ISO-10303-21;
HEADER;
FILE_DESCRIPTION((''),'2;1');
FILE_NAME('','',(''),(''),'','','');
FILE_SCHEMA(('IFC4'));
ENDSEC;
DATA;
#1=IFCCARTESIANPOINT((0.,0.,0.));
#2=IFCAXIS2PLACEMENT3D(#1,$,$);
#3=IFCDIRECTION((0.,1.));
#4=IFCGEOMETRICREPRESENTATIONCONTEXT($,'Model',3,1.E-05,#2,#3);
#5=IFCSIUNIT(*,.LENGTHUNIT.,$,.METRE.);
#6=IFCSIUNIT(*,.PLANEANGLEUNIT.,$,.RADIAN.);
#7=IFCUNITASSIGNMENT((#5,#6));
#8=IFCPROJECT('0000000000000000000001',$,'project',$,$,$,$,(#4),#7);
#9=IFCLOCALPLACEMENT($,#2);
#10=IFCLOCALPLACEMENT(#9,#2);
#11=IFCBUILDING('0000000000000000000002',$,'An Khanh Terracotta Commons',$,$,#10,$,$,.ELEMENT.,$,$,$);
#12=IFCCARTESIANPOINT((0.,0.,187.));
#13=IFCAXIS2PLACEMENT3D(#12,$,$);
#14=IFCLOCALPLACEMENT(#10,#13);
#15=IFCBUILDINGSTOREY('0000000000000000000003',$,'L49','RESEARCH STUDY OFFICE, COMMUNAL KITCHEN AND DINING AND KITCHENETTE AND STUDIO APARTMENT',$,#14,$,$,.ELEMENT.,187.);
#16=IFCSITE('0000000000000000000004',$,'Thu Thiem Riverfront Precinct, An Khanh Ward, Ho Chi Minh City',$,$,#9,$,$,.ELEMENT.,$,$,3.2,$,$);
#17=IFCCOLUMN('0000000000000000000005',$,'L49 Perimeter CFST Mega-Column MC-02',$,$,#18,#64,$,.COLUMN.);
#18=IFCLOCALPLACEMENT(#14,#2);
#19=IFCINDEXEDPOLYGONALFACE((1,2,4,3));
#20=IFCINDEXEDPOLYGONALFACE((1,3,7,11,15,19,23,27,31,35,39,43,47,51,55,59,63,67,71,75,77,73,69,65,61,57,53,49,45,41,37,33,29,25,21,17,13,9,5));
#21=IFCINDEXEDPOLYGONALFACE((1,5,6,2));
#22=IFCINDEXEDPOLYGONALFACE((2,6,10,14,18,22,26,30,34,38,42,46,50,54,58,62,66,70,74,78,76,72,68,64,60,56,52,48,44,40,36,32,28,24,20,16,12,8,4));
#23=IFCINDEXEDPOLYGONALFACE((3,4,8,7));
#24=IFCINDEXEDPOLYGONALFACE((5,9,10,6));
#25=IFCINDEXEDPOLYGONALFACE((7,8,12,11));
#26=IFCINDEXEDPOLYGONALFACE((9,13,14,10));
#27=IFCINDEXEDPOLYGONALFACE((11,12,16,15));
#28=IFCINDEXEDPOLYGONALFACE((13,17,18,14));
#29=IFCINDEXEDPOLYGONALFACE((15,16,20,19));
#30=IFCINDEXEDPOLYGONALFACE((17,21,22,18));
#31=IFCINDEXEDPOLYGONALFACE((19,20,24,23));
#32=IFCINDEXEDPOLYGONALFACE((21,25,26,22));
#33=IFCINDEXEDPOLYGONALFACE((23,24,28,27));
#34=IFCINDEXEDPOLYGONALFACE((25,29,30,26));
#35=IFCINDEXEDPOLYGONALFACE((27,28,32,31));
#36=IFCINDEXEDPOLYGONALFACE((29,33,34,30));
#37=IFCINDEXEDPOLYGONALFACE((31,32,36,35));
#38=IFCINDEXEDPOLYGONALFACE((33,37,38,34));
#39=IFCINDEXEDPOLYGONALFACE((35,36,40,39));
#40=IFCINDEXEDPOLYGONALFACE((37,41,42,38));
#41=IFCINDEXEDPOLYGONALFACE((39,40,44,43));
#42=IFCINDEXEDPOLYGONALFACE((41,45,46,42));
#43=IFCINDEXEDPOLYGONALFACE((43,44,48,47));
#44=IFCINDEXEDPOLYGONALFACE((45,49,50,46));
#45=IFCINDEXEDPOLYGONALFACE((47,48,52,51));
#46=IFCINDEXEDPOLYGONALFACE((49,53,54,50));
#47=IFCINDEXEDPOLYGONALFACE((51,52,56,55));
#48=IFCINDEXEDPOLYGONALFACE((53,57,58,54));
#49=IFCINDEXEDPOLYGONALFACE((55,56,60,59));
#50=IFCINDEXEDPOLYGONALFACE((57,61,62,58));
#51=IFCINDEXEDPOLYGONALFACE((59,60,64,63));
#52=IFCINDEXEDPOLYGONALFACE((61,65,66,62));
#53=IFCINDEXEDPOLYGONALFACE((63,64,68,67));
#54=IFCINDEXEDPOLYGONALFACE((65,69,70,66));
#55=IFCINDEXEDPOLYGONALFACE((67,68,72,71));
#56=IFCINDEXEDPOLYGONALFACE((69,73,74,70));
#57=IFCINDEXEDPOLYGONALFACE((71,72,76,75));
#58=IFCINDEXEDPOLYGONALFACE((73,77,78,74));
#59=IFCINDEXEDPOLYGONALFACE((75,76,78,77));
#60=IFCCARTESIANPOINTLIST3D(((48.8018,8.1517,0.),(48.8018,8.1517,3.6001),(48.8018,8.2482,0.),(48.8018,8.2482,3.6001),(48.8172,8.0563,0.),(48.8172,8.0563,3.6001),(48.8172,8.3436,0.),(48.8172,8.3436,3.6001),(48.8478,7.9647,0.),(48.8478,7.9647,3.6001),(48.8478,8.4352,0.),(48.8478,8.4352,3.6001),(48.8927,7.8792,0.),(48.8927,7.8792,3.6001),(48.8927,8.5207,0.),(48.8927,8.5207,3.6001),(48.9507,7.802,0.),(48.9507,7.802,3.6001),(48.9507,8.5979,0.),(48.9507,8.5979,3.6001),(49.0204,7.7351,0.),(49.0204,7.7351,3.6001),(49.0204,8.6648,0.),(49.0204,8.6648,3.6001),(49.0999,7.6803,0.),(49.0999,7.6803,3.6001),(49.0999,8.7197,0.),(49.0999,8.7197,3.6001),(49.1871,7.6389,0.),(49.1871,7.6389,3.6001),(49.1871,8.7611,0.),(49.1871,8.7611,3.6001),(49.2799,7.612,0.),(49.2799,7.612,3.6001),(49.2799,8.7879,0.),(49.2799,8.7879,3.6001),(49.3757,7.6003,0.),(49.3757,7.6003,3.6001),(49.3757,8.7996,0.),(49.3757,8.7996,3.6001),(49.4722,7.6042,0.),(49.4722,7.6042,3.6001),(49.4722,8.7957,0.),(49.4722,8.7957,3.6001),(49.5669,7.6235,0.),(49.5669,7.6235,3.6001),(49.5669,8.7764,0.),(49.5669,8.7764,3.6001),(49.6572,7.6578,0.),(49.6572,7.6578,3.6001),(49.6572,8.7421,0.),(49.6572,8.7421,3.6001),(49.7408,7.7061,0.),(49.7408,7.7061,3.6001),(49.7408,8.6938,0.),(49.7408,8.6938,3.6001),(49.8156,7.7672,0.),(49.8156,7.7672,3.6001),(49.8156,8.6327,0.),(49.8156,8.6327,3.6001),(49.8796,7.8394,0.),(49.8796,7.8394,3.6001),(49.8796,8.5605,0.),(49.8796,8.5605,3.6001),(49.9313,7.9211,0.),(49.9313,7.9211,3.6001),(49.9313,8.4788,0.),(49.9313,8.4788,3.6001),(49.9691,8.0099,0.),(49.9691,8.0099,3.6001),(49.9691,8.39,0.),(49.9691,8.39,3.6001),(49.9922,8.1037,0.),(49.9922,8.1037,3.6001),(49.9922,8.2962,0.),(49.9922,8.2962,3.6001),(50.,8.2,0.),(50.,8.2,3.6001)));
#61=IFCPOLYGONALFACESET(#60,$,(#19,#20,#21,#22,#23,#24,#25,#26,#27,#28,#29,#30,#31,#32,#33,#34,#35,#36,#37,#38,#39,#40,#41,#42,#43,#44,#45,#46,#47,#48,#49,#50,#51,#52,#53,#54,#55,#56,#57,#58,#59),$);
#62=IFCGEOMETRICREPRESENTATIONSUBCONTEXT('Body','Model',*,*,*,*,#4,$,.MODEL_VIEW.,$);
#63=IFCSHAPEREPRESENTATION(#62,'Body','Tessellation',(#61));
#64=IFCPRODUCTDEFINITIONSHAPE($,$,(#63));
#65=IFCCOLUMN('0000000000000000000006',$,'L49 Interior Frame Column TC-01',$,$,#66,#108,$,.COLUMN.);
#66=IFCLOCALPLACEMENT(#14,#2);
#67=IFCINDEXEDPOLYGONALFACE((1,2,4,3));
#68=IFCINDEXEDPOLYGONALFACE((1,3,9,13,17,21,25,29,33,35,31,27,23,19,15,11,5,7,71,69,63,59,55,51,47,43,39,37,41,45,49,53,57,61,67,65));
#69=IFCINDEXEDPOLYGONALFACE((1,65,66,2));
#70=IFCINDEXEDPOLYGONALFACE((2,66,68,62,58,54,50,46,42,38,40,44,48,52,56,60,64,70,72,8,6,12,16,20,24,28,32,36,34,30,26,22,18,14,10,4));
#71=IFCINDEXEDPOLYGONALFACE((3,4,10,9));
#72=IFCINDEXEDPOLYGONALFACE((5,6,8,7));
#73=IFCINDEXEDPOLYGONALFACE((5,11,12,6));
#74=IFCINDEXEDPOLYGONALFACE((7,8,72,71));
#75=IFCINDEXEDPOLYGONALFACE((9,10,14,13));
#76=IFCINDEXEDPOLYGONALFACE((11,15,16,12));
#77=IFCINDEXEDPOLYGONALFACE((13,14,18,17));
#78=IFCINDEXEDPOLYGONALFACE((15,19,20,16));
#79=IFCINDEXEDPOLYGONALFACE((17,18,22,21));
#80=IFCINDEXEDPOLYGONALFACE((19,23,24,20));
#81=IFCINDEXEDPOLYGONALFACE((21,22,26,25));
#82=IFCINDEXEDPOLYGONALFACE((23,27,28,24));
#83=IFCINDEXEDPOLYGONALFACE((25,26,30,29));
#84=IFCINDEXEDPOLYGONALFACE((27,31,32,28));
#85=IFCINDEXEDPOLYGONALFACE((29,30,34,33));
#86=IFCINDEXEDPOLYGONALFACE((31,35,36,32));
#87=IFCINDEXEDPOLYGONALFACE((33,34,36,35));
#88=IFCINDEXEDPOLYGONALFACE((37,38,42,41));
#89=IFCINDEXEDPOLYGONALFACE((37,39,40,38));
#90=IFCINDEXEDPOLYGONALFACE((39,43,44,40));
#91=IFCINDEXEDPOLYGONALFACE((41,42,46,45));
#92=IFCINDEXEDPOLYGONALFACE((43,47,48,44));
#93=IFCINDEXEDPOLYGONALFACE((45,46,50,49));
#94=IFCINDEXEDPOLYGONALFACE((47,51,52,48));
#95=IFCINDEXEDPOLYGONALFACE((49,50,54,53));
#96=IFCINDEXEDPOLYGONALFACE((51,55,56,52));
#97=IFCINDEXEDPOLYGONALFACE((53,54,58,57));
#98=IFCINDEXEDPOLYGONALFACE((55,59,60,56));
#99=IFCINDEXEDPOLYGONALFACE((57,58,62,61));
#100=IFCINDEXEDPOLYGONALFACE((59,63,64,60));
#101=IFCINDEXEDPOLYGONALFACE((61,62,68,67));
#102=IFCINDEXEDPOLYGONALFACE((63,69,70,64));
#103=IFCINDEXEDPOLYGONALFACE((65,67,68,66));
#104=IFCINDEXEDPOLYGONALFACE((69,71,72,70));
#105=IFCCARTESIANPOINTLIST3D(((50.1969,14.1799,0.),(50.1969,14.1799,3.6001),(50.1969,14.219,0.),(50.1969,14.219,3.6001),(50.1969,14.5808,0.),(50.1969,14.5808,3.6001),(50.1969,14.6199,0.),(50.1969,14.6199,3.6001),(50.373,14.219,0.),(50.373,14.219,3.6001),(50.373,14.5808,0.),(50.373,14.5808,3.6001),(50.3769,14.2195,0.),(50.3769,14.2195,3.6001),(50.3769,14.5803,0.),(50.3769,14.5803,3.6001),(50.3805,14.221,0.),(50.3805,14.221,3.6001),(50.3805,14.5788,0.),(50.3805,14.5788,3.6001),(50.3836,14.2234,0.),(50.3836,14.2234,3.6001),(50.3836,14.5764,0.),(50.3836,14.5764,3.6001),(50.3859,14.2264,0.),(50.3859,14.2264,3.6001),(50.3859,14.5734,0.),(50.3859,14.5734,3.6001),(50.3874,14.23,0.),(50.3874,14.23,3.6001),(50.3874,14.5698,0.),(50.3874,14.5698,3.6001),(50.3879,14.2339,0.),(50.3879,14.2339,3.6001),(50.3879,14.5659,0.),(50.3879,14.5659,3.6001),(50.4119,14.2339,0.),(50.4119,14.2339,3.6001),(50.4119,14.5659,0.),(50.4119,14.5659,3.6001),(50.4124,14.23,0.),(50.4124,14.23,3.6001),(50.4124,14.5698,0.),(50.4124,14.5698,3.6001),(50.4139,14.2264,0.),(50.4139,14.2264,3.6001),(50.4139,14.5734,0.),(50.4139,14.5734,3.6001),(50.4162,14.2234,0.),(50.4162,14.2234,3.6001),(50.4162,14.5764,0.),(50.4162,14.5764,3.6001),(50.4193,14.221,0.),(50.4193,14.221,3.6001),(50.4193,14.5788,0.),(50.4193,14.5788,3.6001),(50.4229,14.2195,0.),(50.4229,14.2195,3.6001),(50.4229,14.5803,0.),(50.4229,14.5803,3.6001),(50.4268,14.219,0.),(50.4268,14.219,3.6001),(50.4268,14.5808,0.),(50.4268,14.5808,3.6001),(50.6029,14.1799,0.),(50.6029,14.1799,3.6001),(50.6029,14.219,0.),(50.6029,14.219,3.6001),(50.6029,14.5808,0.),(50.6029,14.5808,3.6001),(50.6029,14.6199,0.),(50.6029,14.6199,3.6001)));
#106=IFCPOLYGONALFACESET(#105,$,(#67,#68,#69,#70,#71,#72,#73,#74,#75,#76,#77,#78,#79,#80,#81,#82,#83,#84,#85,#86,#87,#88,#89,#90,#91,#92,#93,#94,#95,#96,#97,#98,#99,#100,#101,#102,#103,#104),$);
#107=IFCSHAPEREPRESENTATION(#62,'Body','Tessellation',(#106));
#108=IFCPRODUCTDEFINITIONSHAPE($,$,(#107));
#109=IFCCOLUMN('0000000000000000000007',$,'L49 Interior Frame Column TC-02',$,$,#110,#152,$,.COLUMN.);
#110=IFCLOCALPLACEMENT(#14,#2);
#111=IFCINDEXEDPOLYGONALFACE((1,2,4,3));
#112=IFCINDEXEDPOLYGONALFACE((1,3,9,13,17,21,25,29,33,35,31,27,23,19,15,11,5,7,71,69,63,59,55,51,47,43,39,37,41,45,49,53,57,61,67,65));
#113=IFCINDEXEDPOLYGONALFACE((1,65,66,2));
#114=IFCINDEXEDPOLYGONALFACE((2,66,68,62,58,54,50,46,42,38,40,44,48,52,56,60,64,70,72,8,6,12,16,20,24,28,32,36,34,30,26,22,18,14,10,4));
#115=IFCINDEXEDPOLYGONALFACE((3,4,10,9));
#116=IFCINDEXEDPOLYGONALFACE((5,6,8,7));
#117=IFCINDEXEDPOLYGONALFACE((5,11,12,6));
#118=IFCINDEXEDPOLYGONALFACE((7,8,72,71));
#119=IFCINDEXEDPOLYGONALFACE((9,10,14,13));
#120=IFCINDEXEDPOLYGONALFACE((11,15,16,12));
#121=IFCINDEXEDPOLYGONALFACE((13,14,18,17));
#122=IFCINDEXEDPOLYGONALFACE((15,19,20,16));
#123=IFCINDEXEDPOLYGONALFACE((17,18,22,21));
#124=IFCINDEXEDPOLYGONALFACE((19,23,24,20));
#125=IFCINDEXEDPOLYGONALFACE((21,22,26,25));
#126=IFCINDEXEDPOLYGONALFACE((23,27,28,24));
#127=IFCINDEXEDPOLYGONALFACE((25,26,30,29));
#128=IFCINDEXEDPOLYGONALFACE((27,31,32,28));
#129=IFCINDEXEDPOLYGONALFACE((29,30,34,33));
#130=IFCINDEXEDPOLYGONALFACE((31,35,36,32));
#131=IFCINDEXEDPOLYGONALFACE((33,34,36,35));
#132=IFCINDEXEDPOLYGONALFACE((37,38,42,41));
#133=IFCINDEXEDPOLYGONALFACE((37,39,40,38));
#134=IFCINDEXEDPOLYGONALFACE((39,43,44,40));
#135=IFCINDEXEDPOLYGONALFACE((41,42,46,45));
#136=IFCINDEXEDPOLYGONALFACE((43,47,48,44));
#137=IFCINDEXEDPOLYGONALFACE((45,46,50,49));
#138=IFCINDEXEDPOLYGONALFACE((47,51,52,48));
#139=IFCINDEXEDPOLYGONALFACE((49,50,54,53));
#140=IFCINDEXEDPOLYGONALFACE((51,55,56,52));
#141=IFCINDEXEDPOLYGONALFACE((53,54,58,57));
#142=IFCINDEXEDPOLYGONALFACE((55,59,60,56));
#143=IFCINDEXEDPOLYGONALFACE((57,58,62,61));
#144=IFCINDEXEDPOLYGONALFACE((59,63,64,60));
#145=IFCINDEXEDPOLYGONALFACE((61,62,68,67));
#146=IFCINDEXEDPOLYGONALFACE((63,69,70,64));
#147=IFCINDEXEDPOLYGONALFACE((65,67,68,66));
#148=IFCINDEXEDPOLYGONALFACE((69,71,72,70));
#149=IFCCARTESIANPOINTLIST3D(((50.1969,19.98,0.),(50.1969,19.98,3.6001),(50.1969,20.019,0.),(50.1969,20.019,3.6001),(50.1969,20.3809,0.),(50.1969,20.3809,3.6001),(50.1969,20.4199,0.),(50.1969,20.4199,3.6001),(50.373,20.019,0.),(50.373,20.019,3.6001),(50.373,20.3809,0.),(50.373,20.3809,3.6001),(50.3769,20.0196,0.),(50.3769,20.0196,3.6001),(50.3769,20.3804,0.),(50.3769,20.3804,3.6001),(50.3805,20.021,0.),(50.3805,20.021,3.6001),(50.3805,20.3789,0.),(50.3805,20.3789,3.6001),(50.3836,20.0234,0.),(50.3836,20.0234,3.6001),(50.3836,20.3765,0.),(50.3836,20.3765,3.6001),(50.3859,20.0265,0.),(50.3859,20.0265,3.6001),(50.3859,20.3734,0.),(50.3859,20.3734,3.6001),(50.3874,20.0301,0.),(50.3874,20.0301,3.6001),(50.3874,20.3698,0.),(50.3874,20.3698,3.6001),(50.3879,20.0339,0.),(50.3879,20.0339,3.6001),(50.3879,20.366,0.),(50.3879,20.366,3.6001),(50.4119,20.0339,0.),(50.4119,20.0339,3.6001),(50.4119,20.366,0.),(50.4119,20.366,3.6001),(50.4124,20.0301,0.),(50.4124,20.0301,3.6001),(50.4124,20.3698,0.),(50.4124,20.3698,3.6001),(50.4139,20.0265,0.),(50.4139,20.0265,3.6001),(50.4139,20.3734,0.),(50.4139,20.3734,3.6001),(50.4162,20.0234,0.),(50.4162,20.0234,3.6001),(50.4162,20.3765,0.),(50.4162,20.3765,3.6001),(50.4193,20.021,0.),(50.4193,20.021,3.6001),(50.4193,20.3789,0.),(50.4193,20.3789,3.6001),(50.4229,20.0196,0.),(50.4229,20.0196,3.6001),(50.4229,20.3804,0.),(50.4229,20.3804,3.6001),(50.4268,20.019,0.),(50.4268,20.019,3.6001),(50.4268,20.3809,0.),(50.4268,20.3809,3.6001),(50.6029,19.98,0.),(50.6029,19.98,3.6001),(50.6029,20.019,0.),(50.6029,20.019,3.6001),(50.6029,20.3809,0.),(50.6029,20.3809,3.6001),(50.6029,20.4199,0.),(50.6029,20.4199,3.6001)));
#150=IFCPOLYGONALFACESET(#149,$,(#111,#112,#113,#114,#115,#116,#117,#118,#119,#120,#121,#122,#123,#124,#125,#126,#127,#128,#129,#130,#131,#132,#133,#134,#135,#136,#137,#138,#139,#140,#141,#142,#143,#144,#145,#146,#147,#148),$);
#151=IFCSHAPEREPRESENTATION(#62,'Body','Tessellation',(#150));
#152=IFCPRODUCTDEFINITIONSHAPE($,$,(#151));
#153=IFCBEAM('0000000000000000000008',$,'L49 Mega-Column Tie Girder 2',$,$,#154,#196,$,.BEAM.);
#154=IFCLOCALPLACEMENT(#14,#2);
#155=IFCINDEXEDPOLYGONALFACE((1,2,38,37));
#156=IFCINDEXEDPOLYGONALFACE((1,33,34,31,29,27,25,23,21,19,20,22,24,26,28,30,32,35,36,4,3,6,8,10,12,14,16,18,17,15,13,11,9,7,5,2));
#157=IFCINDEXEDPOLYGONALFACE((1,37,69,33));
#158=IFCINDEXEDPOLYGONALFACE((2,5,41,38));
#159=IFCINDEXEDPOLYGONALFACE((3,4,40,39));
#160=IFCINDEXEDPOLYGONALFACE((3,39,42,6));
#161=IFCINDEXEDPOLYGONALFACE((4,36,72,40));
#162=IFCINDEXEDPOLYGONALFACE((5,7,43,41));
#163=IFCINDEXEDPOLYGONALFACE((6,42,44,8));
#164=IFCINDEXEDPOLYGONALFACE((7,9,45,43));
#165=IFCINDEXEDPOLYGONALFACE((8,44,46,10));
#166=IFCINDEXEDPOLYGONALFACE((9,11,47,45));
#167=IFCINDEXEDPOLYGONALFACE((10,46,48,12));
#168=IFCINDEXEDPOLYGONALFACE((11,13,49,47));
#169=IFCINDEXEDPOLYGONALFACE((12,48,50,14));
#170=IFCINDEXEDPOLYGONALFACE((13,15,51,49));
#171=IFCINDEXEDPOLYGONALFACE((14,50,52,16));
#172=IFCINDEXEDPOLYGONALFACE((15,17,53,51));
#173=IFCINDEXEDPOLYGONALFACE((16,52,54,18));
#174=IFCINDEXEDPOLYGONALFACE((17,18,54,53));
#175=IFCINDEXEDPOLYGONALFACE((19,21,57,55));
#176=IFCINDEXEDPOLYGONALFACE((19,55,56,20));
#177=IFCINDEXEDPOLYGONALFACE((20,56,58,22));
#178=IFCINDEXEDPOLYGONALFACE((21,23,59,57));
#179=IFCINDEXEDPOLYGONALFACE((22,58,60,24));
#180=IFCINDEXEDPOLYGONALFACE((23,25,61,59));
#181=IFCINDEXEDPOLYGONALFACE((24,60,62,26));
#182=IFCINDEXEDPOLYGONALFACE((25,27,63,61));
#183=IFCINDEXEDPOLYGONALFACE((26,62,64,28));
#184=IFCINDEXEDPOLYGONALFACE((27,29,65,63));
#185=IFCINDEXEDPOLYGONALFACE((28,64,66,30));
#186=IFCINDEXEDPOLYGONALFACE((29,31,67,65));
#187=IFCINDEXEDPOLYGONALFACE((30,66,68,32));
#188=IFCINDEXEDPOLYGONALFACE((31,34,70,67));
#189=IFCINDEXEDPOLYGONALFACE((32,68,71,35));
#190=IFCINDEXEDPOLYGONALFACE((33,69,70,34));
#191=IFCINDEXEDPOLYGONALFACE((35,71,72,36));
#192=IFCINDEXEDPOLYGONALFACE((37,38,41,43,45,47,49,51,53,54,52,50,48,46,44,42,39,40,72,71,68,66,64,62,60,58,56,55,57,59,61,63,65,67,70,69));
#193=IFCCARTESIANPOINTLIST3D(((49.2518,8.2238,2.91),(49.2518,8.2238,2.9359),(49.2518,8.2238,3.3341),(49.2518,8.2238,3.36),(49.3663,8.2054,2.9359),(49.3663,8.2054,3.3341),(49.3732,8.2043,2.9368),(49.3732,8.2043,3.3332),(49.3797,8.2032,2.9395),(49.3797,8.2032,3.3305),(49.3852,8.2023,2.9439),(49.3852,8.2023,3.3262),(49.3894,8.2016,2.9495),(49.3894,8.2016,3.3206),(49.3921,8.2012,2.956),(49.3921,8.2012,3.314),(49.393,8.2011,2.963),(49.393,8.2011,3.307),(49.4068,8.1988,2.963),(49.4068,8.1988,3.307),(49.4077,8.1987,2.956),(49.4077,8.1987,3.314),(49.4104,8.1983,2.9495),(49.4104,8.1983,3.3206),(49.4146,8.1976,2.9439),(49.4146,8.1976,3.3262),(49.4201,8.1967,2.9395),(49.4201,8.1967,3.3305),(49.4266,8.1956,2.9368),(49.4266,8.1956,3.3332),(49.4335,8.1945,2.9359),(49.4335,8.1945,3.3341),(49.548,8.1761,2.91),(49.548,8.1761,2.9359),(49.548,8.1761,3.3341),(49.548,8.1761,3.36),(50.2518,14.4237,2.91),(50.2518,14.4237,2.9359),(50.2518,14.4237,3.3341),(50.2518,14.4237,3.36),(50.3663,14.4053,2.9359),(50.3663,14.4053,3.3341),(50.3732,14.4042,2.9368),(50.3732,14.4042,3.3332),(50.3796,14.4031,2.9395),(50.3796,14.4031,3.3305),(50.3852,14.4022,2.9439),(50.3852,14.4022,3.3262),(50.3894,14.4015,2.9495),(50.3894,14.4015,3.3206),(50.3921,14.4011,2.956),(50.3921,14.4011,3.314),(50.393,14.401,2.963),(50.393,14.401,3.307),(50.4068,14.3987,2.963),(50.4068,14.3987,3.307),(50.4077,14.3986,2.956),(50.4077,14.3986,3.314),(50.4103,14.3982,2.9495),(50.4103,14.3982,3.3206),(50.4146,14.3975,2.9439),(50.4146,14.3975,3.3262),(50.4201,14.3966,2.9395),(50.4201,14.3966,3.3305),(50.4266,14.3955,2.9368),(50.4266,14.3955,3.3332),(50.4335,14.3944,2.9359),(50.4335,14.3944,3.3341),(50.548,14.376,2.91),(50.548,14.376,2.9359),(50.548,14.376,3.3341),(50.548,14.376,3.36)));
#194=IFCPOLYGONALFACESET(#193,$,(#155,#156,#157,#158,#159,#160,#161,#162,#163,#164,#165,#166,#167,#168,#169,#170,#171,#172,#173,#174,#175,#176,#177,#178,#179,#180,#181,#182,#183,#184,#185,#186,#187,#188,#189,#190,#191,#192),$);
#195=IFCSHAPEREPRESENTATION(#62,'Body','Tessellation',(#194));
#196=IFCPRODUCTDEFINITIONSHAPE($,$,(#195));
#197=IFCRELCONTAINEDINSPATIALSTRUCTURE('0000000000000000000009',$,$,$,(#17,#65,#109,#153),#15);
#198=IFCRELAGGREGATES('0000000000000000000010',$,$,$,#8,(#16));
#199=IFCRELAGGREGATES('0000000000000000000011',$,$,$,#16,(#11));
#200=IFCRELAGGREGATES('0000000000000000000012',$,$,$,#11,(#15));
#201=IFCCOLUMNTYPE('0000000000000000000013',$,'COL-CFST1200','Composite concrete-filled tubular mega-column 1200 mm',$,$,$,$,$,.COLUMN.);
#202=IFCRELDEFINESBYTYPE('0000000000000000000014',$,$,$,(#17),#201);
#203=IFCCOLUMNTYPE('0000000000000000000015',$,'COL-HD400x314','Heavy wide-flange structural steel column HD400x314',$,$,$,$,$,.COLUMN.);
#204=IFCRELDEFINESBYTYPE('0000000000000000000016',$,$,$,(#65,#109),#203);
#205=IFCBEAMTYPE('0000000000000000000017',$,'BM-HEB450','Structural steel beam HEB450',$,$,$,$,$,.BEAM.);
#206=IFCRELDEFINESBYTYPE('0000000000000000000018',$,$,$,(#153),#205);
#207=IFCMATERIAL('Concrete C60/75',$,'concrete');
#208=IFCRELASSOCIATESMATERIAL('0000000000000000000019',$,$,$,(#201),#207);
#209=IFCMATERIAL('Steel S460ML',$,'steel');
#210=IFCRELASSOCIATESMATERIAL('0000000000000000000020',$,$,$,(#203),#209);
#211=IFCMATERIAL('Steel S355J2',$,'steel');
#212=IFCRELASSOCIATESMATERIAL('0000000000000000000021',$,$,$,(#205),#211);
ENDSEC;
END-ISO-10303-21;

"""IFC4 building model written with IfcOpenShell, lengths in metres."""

from ifc_helpers import new_model, si_unit, direction, frame, origin, origin_2d, place, context, subcontext, project, spatial, circle, i_section, extrude, material, material_profile, profile_set, type_object, element, save


model = new_model("IFC4")

# Units and contexts
model_context = context("Model", 3, precision=1e-05, world=origin(), true_north=direction((0.0, 1.0)))
body_context = subcontext(model_context, "Body", "Model", "MODEL_VIEW")
ifc_project = project(units=[si_unit("LENGTHUNIT", "METRE"), si_unit("PLANEANGLEUNIT", "RADIAN")], contexts=[model_context])

# Site, building, storey
site_placement = place(None, origin())
site = spatial("IfcSite", under=ifc_project, at=site_placement, Name="Thu Thiem Riverfront Precinct, An Khanh Ward, Ho Chi Minh City", CompositionType="ELEMENT", RefElevation=3.2)
building_placement = place(site_placement, origin())
building = spatial("IfcBuilding", under=site, at=building_placement, Name="An Khanh Terracotta Commons", CompositionType="ELEMENT")
storey_placement = place(building_placement, frame((0.0, 0.0, 187.0)))
storey = spatial("IfcBuildingStorey", under=building, at=storey_placement, Name="L49", Description="RESEARCH STUDY OFFICE, COMMUNAL KITCHEN AND DINING AND KITCHENETTE AND STUDIO APARTMENT", CompositionType="ELEMENT", Elevation=187.0)

# Columns
ifc_material_1 = material(Name="Concrete C60/75", Category="concrete")
ifc_material_profile_1 = material_profile(ifc_material_1, circle(Radius=0.6001, at=origin_2d()), Name="CFST1200")
ifc_profile_set_1 = profile_set([ifc_material_profile_1], Name="Concrete C60/75")
column_type_1 = type_object("IfcColumnType", Name="COL-CFST1200", Description="Composite concrete-filled tubular mega-column 1200 mm", PredefinedType="COLUMN", material=ifc_profile_set_1)
column_placement = place(storey_placement, frame((49.3999, 8.2, 0.0), z_axis=(0.0, 0.0, 1.0), x_axis=(1.0, 0.0, 0.0)))
element("IfcColumn", 1, at=column_placement, inside=storey, type_object=column_type_1, Name="L49 Perimeter CFST Mega-Column MC-02", PredefinedType="COLUMN", context=body_context, shape_type="SweptSolid", body=[
    extrude(circle(Radius=0.6001, at=origin_2d()), origin(), (0.0, 0.0, 1.0), 3.6001),
])
ifc_material_2 = material(Name="Steel S460ML", Category="steel")
ifc_material_profile_2 = material_profile(ifc_material_2, i_section(OverallWidth=0.406, OverallDepth=0.4399, WebThickness=0.0239, FlangeThickness=0.0391, FilletRadius=0.0149, at=origin_2d()), Name="HD400x314")
ifc_profile_set_2 = profile_set([ifc_material_profile_2], Name="Steel S460ML")
column_type_2 = type_object("IfcColumnType", Name="COL-HD400x314", Description="Heavy wide-flange structural steel column HD400x314", PredefinedType="COLUMN", material=ifc_profile_set_2)
for number, where, z_axis, x_axis, name in (
    (2, (50.3999, 14.3999, 0.0), (0.0, 0.0, 1.0), (1.0, 0.0, 0.0), "L49 Interior Frame Column TC-01"),
    (3, (50.3999, 20.2, 0.0), (0.0, 0.0, 1.0), (1.0, 0.0, 0.0), "L49 Interior Frame Column TC-02"),
):
    element("IfcColumn", number, at=place(storey_placement, frame(where, z_axis=z_axis, x_axis=x_axis)), inside=storey, type_object=column_type_2, Name=name, PredefinedType="COLUMN", context=body_context, shape_type="SweptSolid", body=[
        extrude(i_section(OverallWidth=0.406, OverallDepth=0.4399, WebThickness=0.0239, FlangeThickness=0.0391, FilletRadius=0.0149, at=origin_2d()), origin(), (0.0, 0.0, 1.0), 3.6001),
    ])

# Beam
ifc_material_3 = material(Name="Steel S355J2", Category="steel")
ifc_material_profile_3 = material_profile(ifc_material_3, i_section(OverallWidth=0.3, OverallDepth=0.45, WebThickness=0.0139, FlangeThickness=0.0259, FilletRadius=0.0271, at=origin_2d()), Name="HEB450")
ifc_profile_set_3 = profile_set([ifc_material_profile_3], Name="Steel S355J2")
beam_type_1 = type_object("IfcBeamType", Name="BM-HEB450", Description="Structural steel beam HEB450", PredefinedType="BEAM", material=ifc_profile_set_3)
beam_1_placement = place(storey_placement, frame((49.3999, 8.2, 3.135), z_axis=(0.159234, 0.987241, 0.0), x_axis=(-0.987241, 0.159234, 0.0)))
element("IfcBeam", 4, at=beam_1_placement, inside=storey, type_object=beam_type_1, Name="L49 Mega-Column Tie Girder 2", PredefinedType="BEAM", context=body_context, shape_type="SweptSolid", body=[
    extrude(i_section(OverallWidth=0.3, OverallDepth=0.45, WebThickness=0.0139, FlangeThickness=0.0259, FilletRadius=0.0271, at=origin_2d()), origin(), (0.0, 0.0, 1.0), 6.28),
])

save(model, "model.ifc")
